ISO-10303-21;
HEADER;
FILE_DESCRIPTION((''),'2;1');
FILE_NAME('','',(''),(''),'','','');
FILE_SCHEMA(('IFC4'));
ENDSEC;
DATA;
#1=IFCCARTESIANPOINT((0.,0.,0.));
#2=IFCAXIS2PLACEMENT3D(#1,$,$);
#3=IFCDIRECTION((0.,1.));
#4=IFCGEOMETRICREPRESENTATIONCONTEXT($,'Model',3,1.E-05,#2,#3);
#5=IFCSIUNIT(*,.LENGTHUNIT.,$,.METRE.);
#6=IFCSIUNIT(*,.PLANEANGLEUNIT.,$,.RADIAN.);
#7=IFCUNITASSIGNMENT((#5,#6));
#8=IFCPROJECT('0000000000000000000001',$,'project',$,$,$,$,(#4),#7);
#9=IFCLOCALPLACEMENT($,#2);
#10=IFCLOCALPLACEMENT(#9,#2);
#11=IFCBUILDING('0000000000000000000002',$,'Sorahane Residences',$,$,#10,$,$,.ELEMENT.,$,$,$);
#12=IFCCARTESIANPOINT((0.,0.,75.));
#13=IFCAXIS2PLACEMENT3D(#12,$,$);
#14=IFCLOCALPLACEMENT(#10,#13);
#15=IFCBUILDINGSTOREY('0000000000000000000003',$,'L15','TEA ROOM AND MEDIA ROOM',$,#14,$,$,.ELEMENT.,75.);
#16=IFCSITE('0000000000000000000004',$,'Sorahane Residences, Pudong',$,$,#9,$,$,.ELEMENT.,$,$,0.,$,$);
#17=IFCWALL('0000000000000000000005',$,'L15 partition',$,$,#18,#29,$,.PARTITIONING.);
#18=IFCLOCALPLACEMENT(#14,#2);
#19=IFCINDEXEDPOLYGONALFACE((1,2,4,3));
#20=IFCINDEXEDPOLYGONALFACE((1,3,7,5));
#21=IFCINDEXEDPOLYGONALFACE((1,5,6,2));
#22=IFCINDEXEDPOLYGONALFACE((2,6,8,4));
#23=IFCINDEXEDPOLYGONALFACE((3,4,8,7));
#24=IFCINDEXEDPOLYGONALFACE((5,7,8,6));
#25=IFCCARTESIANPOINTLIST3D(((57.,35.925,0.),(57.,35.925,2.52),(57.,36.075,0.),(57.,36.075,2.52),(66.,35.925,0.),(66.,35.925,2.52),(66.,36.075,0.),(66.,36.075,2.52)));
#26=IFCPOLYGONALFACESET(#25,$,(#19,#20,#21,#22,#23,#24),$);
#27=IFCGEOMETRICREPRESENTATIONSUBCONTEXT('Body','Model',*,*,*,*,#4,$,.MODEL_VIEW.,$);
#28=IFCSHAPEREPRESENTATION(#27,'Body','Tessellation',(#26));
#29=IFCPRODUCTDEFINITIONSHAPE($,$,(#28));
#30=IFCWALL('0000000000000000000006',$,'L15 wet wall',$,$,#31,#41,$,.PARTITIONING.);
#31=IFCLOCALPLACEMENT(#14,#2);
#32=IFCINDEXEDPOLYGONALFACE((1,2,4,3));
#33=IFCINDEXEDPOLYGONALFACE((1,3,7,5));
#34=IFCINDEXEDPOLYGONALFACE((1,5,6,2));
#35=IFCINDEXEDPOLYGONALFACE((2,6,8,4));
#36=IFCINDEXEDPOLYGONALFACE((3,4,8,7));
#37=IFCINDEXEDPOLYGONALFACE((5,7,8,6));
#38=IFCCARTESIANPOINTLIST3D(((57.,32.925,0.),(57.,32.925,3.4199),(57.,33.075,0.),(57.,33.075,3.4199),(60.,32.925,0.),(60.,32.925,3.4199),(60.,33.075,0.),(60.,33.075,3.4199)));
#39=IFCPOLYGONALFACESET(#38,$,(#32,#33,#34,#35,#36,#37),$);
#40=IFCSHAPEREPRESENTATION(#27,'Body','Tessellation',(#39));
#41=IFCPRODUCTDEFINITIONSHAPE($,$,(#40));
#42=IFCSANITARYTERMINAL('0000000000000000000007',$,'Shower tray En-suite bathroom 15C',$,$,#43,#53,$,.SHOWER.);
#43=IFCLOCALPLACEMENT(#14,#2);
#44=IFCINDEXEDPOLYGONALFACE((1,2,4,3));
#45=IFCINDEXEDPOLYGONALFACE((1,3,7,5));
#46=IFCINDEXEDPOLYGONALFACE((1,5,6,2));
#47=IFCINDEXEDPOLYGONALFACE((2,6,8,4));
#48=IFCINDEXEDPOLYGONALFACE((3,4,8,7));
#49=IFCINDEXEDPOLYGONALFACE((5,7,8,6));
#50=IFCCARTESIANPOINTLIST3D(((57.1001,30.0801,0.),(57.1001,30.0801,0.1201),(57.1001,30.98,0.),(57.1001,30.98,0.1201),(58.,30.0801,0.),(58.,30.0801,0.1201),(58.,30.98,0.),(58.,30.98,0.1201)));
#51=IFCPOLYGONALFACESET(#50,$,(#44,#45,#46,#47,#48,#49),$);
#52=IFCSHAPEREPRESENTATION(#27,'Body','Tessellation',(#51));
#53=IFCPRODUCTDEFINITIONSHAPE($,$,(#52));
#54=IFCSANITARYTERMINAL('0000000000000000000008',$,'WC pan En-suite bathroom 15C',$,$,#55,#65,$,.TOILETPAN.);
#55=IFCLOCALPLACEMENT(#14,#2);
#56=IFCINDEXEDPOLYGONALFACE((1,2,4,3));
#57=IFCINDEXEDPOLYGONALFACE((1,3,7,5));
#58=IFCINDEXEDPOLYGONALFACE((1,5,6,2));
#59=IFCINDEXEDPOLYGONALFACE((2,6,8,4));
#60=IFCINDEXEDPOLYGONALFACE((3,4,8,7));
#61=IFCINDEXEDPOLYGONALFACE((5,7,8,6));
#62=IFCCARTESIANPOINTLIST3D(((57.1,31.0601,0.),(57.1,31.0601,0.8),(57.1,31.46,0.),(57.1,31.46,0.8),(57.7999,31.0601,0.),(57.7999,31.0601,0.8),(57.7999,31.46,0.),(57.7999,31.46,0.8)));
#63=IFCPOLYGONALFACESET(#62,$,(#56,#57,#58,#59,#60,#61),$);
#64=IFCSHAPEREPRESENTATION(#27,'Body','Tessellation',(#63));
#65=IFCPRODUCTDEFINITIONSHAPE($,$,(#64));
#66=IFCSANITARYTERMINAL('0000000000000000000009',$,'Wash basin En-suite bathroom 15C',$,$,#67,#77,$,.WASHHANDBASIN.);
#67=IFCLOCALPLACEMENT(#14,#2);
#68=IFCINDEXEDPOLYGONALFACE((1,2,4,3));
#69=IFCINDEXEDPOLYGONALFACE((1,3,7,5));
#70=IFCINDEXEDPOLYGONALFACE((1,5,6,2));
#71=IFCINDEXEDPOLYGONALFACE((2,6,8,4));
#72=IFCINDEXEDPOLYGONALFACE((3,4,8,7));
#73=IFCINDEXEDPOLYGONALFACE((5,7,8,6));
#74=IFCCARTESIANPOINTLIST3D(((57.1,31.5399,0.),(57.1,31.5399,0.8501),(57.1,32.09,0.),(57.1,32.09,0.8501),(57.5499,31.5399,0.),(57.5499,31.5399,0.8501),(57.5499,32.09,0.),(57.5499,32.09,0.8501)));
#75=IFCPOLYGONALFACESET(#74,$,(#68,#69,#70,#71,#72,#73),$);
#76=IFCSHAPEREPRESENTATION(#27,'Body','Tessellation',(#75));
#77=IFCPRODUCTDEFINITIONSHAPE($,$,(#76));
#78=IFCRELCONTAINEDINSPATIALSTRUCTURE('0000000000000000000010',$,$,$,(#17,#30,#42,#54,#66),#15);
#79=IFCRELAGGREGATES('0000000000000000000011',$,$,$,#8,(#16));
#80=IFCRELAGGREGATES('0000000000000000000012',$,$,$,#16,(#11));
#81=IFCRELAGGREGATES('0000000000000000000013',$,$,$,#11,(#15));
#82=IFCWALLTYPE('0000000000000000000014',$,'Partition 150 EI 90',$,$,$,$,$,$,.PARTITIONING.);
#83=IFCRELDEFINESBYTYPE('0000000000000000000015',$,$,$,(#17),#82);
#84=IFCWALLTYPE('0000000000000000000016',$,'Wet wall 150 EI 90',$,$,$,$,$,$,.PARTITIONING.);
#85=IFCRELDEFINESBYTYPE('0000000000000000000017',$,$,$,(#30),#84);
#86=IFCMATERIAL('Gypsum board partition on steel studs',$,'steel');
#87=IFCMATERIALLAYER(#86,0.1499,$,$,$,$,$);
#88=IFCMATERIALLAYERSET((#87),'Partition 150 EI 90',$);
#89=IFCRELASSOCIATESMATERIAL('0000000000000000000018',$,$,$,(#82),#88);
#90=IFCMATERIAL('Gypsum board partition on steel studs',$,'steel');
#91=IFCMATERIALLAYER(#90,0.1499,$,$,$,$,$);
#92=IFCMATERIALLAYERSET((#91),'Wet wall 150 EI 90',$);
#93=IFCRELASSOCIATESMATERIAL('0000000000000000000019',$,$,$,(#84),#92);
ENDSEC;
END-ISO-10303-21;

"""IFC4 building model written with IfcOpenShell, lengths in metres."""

from ifc_helpers import new_model, si_unit, direction, frame, frame_2d, origin, origin_2d, place, context, subcontext, project, spatial, rectangle, extrude, material, layer, layer_set, type_object, element, save


model = new_model("IFC4")

# Units and contexts
model_context = context("Model", 3, precision=1e-05, world=origin(), true_north=direction((0.0, 1.0)))
body_context = subcontext(model_context, "Body", "Model", "MODEL_VIEW")
ifc_project = project(units=[si_unit("LENGTHUNIT", "METRE"), si_unit("PLANEANGLEUNIT", "RADIAN")], contexts=[model_context])

# Site, building, storey
site_placement = place(None, origin())
site = spatial("IfcSite", under=ifc_project, at=site_placement, Name="Sorahane Residences, Pudong", CompositionType="ELEMENT", RefElevation=0.0)
building_placement = place(site_placement, origin())
building = spatial("IfcBuilding", under=site, at=building_placement, Name="Sorahane Residences", CompositionType="ELEMENT")
storey_placement = place(building_placement, frame((0.0, 0.0, 75.0)))
storey = spatial("IfcBuildingStorey", under=building, at=storey_placement, Name="L15", Description="TEA ROOM AND MEDIA ROOM", CompositionType="ELEMENT", Elevation=75.0)

# Shared definitions
ifc_material_1 = material(Name="Gypsum board partition on steel studs", Category="steel")
ifc_layer_1 = layer(ifc_material_1, 0.1499)
ifc_layer_set_1 = layer_set([ifc_layer_1], Name="Partition 150 EI 90")
wall_type_1 = type_object("IfcWallType", Name="Partition 150 EI 90", PredefinedType="PARTITIONING", material=ifc_layer_set_1)

# Wall
wall_1_placement = place(storey_placement, frame((57.0, 36.0, 0.0), z_axis=(0.0, 0.0, 1.0), x_axis=(1.0, 0.0, 0.0)))
element("IfcWall", 1, at=wall_1_placement, inside=storey, type_object=wall_type_1, Name="L15 partition", PredefinedType="PARTITIONING", context=body_context, shape_type="SweptSolid", body=[
    extrude(rectangle(XDim=9.0, YDim=0.1499, at=frame_2d((4.5, 0.0))), origin(), (0.0, 0.0, 1.0), 2.52),
])

# Shared definitions
ifc_material_2 = material(Name="Gypsum board partition on steel studs", Category="steel")
ifc_layer_2 = layer(ifc_material_2, 0.1499)
ifc_layer_set_2 = layer_set([ifc_layer_2], Name="Wet wall 150 EI 90")
wall_type_2 = type_object("IfcWallType", Name="Wet wall 150 EI 90", PredefinedType="PARTITIONING", material=ifc_layer_set_2)

# Wall
wall_2_placement = place(storey_placement, frame((57.0, 33.0, 0.0), z_axis=(0.0, 0.0, 1.0), x_axis=(1.0, 0.0, 0.0)))
element("IfcWall", 2, at=wall_2_placement, inside=storey, type_object=wall_type_2, Name="L15 wet wall", PredefinedType="PARTITIONING", context=body_context, shape_type="SweptSolid", body=[
    extrude(rectangle(XDim=3.0, YDim=0.1499, at=frame_2d((1.5, 0.0))), origin(), (0.0, 0.0, 1.0), 3.4199),
])

# Sanitary terminals
sanitary_terminal_1_placement = place(storey_placement, frame((57.55, 30.53, 0.0), z_axis=(0.0, 0.0, 1.0), x_axis=(0.0, 1.0, 0.0)))
element("IfcSanitaryTerminal", 3, at=sanitary_terminal_1_placement, inside=storey, Name="Shower tray En-suite bathroom 15C", PredefinedType="SHOWER", context=body_context, shape_type="SweptSolid", body=[
    extrude(rectangle(XDim=0.8999, YDim=0.8999, at=origin_2d()), origin(), (0.0, 0.0, 1.0), 0.1201),
])
sanitary_terminal_2_placement = place(storey_placement, frame((57.45, 31.26, 0.0), z_axis=(0.0, 0.0, 1.0), x_axis=(0.0, 1.0, 0.0)))
element("IfcSanitaryTerminal", 4, at=sanitary_terminal_2_placement, inside=storey, Name="WC pan En-suite bathroom 15C", PredefinedType="TOILETPAN", context=body_context, shape_type="SweptSolid", body=[
    extrude(rectangle(XDim=0.3999, YDim=0.7, at=origin_2d()), origin(), (0.0, 0.0, 1.0), 0.8),
])
sanitary_terminal_3_placement = place(storey_placement, frame((57.325, 31.8149, 0.0), z_axis=(0.0, 0.0, 1.0), x_axis=(0.0, 1.0, 0.0)))
element("IfcSanitaryTerminal", 5, at=sanitary_terminal_3_placement, inside=storey, Name="Wash basin En-suite bathroom 15C", PredefinedType="WASHHANDBASIN", context=body_context, shape_type="SweptSolid", body=[
    extrude(rectangle(XDim=0.55, YDim=0.45, at=origin_2d()), origin(), (0.0, 0.0, 1.0), 0.8501),
])

save(model, "model.ifc")
